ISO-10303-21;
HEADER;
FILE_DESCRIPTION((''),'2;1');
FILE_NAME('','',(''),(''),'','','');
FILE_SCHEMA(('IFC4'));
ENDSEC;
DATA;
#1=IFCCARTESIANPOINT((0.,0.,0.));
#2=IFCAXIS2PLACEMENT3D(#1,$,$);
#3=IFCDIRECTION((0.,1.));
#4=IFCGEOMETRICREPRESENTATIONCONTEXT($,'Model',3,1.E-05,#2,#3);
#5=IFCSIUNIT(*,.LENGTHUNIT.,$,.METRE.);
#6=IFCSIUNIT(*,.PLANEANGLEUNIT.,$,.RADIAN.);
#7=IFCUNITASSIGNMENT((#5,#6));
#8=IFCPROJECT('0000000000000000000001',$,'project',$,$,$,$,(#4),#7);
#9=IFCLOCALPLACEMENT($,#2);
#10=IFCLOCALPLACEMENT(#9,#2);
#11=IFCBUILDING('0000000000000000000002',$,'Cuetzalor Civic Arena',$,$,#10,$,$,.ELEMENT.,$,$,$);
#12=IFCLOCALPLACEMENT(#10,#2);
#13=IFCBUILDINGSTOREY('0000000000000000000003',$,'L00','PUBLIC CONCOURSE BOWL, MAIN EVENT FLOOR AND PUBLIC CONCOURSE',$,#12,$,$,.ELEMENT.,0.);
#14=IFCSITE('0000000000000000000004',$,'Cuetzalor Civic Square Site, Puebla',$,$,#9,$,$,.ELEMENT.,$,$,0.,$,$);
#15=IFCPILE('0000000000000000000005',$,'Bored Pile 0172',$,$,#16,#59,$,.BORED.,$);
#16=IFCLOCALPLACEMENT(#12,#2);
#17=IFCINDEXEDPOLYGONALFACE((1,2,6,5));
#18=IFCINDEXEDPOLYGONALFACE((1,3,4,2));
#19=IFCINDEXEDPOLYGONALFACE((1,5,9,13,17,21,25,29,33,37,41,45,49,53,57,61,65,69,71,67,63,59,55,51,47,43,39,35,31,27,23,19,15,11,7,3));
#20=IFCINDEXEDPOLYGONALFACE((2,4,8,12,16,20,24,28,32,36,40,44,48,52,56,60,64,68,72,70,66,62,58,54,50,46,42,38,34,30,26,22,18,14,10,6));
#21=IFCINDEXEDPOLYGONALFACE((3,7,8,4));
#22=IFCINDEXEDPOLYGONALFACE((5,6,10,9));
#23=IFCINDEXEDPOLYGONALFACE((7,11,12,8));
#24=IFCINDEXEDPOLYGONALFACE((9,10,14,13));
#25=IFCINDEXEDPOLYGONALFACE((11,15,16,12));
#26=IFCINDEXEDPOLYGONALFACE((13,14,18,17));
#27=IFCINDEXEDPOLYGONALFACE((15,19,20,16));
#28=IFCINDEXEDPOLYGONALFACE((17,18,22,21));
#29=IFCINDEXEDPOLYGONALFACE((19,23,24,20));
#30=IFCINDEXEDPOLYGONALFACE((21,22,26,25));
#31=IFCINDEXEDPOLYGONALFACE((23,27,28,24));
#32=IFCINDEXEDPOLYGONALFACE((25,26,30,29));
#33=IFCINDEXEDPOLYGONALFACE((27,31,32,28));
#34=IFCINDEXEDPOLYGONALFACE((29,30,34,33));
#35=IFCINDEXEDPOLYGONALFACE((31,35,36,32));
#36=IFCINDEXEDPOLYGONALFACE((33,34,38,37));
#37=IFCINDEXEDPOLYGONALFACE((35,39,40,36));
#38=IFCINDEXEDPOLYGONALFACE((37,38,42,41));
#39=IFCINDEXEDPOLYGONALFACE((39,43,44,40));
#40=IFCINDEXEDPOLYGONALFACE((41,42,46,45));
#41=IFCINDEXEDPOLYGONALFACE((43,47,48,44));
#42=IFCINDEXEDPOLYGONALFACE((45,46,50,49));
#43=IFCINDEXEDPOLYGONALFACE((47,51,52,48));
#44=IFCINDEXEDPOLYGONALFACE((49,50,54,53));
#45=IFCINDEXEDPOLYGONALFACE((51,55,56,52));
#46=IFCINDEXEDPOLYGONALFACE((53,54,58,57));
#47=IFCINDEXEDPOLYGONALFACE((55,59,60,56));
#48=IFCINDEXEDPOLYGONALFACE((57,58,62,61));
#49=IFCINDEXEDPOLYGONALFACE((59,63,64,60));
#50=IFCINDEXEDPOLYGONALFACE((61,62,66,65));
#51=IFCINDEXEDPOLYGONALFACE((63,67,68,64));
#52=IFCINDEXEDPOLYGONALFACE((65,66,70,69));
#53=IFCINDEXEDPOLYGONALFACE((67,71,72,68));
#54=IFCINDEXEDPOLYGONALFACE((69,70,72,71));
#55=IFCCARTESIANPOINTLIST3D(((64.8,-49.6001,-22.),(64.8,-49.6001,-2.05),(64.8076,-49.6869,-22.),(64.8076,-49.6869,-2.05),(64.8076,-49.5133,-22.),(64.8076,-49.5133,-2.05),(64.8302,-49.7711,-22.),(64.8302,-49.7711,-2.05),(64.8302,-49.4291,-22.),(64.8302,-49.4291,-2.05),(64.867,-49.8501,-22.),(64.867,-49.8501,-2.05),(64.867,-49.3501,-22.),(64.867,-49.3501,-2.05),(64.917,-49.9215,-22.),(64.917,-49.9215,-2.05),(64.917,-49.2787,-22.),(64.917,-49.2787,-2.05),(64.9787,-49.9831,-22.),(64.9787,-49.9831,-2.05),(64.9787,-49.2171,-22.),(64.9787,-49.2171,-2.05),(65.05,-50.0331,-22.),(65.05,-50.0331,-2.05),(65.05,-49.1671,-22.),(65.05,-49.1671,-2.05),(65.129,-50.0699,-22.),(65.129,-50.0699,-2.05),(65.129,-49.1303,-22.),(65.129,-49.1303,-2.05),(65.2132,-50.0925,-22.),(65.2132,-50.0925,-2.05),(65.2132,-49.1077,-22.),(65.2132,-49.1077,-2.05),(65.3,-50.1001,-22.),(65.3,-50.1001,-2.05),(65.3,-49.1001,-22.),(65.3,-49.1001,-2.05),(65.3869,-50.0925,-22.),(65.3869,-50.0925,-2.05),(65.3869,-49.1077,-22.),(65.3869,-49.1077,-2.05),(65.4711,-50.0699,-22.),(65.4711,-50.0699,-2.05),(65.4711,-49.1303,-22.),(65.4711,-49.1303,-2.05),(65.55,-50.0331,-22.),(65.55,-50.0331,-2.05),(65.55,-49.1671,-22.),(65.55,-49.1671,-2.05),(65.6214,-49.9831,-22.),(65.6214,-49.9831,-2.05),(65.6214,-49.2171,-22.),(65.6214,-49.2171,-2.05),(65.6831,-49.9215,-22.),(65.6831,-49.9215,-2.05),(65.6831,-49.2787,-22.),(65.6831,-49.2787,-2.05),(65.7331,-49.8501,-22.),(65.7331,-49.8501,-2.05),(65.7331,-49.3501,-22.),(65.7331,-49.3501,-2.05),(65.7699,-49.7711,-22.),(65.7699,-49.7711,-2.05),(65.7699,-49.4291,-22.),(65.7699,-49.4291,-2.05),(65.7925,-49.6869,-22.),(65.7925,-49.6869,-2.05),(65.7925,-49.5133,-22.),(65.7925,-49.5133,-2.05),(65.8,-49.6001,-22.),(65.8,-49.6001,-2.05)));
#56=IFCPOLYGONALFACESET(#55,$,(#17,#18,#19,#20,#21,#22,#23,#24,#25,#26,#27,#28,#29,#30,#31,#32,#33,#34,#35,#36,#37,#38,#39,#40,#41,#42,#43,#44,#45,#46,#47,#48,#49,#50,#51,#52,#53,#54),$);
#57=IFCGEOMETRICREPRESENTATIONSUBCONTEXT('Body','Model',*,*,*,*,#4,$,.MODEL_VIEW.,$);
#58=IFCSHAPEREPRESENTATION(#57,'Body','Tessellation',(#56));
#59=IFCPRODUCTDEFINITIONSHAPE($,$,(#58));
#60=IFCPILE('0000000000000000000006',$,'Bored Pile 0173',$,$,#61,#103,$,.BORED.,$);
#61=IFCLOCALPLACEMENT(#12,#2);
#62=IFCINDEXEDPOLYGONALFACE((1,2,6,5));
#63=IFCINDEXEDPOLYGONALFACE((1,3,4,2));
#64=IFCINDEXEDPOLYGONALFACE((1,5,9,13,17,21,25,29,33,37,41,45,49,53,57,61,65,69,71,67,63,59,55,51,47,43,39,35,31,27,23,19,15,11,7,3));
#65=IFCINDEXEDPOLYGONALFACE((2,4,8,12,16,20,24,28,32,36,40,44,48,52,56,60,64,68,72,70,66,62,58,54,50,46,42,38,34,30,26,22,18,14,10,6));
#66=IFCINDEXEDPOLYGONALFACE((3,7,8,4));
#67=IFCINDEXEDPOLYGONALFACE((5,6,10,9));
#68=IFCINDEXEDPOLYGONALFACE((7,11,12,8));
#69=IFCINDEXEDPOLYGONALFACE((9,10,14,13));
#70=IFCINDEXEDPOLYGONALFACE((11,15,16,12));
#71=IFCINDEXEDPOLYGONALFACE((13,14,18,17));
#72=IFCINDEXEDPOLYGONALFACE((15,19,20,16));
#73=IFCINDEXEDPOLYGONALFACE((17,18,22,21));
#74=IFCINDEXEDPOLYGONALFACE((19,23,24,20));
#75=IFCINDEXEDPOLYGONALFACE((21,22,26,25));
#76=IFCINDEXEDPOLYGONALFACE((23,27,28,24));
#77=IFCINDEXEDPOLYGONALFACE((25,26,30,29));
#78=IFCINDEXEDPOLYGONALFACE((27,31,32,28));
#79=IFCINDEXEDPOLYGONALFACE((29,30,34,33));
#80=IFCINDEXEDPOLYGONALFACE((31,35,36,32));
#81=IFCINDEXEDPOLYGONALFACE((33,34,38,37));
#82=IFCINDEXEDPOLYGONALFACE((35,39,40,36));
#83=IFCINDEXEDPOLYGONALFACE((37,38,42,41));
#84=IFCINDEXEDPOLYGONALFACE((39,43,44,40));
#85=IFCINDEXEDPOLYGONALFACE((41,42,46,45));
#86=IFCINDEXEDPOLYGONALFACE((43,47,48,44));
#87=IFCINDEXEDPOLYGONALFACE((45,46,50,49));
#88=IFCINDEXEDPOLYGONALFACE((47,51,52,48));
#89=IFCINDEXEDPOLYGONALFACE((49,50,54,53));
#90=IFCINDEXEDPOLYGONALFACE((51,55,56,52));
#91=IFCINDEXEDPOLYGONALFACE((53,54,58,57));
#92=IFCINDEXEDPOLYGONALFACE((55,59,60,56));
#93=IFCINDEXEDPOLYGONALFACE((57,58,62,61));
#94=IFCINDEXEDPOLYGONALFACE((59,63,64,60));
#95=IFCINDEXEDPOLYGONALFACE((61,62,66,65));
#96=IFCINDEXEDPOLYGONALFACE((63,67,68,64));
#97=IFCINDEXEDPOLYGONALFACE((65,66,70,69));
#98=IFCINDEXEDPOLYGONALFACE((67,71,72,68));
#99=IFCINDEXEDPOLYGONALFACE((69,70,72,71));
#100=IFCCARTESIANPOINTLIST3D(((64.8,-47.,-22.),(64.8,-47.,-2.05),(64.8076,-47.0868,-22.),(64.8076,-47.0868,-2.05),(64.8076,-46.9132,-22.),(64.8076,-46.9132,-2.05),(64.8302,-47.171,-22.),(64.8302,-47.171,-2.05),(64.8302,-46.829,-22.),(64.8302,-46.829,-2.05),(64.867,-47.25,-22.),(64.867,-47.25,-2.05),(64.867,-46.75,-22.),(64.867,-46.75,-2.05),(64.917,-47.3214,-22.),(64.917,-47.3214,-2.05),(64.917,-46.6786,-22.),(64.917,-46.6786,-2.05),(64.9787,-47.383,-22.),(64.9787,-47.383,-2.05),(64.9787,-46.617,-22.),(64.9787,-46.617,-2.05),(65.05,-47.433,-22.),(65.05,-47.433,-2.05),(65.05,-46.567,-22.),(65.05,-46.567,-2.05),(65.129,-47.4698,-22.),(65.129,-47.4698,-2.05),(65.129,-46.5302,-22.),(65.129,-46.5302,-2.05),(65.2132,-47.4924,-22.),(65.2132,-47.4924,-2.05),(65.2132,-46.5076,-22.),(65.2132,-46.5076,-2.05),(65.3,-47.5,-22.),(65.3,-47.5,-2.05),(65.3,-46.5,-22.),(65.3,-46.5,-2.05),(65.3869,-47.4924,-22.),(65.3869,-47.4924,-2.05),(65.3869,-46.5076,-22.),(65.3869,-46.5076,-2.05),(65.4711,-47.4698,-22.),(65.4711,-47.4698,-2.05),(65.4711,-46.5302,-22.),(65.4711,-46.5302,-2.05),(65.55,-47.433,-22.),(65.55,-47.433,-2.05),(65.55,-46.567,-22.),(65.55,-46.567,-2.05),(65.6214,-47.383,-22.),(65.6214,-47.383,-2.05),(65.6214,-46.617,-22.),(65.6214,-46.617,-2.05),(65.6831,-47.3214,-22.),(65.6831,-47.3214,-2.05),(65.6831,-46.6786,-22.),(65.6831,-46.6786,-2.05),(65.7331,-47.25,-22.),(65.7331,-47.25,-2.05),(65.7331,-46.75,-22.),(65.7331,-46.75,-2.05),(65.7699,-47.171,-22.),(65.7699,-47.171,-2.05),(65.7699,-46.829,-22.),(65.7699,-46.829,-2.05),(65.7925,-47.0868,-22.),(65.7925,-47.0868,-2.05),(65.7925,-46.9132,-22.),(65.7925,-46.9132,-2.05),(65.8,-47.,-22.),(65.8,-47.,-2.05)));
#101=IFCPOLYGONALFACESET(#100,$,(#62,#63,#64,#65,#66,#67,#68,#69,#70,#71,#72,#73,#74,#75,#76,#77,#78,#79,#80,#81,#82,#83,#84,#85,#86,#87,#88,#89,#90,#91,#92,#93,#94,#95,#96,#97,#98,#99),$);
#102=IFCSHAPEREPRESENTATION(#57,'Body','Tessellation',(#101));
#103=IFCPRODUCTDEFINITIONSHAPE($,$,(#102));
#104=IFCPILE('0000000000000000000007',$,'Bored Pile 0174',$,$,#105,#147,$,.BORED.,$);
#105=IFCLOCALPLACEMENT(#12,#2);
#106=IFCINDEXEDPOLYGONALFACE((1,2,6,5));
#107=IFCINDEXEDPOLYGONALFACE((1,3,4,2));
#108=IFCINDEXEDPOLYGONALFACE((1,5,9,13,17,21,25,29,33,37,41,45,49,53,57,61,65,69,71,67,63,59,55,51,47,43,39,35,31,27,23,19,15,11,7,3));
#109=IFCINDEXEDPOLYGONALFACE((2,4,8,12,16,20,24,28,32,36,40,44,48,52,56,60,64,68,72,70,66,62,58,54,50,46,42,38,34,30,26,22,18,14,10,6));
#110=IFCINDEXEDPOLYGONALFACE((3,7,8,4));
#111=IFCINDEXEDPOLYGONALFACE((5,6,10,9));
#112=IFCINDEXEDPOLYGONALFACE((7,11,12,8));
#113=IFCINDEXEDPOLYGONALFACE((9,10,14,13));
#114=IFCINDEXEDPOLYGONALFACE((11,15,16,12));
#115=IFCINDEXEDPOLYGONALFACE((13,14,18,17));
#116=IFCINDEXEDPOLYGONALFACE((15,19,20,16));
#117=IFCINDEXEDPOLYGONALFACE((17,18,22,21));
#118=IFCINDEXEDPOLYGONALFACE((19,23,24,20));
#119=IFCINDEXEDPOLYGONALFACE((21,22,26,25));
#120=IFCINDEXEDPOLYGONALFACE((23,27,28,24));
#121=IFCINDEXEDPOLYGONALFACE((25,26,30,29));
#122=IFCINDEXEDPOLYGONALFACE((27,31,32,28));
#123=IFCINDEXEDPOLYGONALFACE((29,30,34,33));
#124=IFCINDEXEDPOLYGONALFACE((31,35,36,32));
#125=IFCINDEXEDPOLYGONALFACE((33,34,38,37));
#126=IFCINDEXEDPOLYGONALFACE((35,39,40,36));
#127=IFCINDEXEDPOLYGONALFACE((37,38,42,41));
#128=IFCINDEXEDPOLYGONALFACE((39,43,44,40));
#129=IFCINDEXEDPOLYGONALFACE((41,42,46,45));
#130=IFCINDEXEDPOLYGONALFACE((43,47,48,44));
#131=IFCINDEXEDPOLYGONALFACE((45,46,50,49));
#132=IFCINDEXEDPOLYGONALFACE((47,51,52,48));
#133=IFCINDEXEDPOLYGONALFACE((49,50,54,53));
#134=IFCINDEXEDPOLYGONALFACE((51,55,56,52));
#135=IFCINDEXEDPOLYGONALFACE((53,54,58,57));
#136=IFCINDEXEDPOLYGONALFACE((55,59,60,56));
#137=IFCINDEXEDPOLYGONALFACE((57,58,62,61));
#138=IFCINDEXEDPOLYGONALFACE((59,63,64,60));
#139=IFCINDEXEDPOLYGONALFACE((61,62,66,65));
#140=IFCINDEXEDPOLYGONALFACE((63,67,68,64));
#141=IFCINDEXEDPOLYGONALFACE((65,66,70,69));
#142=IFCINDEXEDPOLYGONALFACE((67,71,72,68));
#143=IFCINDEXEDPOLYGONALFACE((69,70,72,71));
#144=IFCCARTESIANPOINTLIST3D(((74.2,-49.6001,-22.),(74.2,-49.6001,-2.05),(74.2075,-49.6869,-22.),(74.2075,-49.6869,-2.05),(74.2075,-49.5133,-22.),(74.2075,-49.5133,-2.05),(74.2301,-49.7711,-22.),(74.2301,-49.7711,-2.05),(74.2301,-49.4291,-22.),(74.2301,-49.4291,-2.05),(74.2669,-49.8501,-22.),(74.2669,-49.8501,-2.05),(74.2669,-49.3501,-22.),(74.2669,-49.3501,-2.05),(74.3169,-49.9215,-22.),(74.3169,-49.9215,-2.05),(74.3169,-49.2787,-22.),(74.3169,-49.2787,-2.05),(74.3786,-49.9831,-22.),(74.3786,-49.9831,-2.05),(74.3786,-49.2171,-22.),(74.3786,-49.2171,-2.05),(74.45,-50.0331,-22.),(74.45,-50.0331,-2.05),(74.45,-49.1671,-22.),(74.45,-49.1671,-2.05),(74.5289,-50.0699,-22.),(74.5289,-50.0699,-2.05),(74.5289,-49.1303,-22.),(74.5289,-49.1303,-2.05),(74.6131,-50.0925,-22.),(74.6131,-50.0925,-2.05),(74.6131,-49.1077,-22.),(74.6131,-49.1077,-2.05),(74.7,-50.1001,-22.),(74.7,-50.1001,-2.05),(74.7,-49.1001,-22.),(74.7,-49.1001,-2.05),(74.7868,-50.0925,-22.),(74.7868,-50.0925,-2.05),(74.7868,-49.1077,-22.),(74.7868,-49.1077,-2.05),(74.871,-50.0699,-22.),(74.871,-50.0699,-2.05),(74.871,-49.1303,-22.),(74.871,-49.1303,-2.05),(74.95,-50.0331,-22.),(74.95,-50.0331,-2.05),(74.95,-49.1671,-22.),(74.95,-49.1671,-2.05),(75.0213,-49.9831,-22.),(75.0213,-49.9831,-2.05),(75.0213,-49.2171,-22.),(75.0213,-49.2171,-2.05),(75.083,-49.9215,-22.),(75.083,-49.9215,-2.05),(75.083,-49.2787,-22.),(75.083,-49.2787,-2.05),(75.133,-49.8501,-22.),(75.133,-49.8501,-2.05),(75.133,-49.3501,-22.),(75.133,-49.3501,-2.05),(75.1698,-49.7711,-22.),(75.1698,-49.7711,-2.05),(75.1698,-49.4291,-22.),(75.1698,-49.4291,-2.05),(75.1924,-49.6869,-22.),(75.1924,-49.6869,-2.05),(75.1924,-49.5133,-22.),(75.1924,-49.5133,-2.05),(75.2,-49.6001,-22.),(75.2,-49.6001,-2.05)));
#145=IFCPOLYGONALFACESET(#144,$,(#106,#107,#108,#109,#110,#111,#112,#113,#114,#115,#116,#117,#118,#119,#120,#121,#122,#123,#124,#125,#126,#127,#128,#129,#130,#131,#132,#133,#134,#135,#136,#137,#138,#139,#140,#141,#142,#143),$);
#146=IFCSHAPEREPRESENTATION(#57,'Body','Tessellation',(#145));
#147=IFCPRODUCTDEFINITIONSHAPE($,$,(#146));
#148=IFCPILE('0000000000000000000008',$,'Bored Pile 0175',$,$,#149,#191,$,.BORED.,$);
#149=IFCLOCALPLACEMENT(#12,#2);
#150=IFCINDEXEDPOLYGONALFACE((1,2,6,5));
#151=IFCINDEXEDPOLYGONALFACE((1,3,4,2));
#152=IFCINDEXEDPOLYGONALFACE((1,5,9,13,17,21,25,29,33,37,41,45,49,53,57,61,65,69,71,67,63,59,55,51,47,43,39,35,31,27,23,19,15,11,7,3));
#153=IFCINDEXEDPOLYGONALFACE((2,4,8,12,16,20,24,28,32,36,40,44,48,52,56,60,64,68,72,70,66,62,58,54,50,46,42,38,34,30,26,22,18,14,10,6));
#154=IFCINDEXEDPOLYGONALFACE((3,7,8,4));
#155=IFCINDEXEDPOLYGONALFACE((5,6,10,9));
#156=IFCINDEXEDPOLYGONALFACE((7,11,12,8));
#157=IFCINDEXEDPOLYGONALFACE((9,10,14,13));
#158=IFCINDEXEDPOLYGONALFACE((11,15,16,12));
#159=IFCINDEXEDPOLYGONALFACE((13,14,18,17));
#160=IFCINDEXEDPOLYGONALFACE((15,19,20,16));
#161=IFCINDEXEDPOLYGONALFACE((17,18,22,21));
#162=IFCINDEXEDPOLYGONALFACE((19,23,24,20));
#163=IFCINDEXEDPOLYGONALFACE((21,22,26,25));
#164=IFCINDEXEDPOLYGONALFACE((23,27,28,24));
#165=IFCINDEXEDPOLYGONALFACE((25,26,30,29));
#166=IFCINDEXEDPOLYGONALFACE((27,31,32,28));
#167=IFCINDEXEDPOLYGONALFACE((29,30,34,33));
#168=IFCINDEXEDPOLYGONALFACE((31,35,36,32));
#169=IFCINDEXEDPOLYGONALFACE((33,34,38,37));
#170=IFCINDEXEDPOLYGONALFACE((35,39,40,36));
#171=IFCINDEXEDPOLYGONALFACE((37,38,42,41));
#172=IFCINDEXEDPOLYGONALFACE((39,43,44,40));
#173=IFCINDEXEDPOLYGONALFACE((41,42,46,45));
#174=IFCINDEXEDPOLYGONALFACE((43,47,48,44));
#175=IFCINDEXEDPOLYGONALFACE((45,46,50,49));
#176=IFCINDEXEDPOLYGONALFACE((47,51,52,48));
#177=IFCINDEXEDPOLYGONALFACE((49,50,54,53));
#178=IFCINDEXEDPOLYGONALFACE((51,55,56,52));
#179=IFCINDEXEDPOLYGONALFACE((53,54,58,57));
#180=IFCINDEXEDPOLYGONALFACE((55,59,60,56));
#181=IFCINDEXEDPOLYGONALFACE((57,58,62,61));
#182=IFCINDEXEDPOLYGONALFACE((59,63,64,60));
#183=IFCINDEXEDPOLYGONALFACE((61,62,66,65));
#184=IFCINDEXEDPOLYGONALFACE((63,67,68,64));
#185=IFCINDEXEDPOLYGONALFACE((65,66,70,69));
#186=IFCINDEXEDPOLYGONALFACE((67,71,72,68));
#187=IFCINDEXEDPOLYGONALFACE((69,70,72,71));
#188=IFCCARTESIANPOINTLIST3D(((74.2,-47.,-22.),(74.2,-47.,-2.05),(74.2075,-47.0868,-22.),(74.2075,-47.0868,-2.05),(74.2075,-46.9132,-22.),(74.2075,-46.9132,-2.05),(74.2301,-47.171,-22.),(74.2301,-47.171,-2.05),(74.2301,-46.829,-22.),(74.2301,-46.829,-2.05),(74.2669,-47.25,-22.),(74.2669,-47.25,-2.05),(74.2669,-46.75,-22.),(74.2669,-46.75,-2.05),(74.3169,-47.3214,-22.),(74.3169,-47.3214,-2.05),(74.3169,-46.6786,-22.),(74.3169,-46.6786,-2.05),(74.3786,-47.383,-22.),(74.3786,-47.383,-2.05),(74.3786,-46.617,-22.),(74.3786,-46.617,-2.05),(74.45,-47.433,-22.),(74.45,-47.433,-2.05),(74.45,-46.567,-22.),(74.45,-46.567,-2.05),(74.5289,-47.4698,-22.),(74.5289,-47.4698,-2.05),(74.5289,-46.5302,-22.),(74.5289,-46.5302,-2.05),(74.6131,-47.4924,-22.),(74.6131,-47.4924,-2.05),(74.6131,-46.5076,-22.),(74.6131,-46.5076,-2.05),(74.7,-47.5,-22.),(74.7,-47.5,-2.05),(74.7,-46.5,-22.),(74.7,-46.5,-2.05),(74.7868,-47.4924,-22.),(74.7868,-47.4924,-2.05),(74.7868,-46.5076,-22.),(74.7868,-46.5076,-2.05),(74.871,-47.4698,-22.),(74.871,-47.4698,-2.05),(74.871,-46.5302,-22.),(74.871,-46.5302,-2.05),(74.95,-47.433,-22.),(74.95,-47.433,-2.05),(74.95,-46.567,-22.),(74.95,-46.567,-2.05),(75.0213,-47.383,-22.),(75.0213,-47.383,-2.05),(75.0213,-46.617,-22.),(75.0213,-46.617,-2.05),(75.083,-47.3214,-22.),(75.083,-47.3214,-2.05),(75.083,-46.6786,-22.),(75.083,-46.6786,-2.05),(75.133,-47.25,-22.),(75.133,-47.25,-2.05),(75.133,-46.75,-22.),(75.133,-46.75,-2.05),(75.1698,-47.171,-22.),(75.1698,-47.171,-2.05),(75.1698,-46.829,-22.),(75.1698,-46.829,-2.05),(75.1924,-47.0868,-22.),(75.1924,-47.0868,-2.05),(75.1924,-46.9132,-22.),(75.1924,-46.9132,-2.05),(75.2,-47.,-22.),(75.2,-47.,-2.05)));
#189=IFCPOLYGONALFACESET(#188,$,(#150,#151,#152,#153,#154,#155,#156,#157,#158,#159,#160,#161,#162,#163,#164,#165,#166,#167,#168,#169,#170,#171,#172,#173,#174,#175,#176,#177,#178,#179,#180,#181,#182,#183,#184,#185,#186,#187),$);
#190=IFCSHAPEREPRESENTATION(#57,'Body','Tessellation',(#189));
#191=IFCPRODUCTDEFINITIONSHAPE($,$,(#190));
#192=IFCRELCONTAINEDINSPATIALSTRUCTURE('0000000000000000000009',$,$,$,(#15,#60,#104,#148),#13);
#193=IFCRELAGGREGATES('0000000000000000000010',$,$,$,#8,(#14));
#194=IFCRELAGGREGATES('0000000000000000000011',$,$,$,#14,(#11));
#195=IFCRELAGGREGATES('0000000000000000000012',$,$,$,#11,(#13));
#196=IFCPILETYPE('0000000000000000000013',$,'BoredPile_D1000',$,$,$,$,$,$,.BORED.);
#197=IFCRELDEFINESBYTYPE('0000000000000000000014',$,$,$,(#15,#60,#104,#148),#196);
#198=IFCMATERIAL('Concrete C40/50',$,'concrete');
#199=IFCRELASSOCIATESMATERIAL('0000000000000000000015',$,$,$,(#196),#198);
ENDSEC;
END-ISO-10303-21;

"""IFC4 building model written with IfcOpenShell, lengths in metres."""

from ifc_helpers import new_model, si_unit, direction, frame, origin, origin_2d, place, context, subcontext, project, spatial, circle, extrude, material, material_profile, profile_set, type_object, element, save


model = new_model("IFC4")

# Units and contexts
model_context = context("Model", 3, precision=1e-05, world=origin(), true_north=direction((0.0, 1.0)))
body_context = subcontext(model_context, "Body", "Model", "MODEL_VIEW")
ifc_project = project(units=[si_unit("LENGTHUNIT", "METRE"), si_unit("PLANEANGLEUNIT", "RADIAN")], contexts=[model_context])

# Site, building, storey
site_placement = place(None, origin())
site = spatial("IfcSite", under=ifc_project, at=site_placement, Name="Cuetzalor Civic Square Site, Puebla", CompositionType="ELEMENT", RefElevation=0.0)
building_placement = place(site_placement, origin())
building = spatial("IfcBuilding", under=site, at=building_placement, Name="Cuetzalor Civic Arena", CompositionType="ELEMENT")
storey_placement = place(building_placement, origin())
storey = spatial("IfcBuildingStorey", under=building, at=storey_placement, Name="L00", Description="PUBLIC CONCOURSE BOWL, MAIN EVENT FLOOR AND PUBLIC CONCOURSE", CompositionType="ELEMENT", Elevation=0.0)

# Piles
ifc_material_1 = material(Name="Concrete C40/50", Category="concrete")
ifc_material_profile_1 = material_profile(ifc_material_1, circle(Radius=0.5, at=origin_2d()), Name="BORED PILE D1000")
ifc_profile_set_1 = profile_set([ifc_material_profile_1], Name="Concrete C40/50")
pile_type = type_object("IfcPileType", Name="BoredPile_D1000", PredefinedType="BORED", material=ifc_profile_set_1)
for number, where, z_axis, x_axis, name in (
    (1, (65.3, -49.6001, -2.05), (0.0, 0.0, -1.0), (1.0, 0.0, 0.0), "Bored Pile 0172"),
    (2, (65.3, -47.0, -2.05), (0.0, 0.0, -1.0), (1.0, 0.0, 0.0), "Bored Pile 0173"),
    (3, (74.7, -49.6001, -2.05), (0.0, 0.0, -1.0), (1.0, 0.0, 0.0), "Bored Pile 0174"),
    (4, (74.7, -47.0, -2.05), (0.0, 0.0, -1.0), (1.0, 0.0, 0.0), "Bored Pile 0175"),
):
    element("IfcPile", number, at=place(storey_placement, frame(where, z_axis=z_axis, x_axis=x_axis)), inside=storey, type_object=pile_type, Name=name, PredefinedType="BORED", context=body_context, shape_type="SweptSolid", body=[
        extrude(circle(Radius=0.5, at=origin_2d()), origin(), (0.0, 0.0, 1.0), 19.95),
    ])

save(model, "model.ifc")
